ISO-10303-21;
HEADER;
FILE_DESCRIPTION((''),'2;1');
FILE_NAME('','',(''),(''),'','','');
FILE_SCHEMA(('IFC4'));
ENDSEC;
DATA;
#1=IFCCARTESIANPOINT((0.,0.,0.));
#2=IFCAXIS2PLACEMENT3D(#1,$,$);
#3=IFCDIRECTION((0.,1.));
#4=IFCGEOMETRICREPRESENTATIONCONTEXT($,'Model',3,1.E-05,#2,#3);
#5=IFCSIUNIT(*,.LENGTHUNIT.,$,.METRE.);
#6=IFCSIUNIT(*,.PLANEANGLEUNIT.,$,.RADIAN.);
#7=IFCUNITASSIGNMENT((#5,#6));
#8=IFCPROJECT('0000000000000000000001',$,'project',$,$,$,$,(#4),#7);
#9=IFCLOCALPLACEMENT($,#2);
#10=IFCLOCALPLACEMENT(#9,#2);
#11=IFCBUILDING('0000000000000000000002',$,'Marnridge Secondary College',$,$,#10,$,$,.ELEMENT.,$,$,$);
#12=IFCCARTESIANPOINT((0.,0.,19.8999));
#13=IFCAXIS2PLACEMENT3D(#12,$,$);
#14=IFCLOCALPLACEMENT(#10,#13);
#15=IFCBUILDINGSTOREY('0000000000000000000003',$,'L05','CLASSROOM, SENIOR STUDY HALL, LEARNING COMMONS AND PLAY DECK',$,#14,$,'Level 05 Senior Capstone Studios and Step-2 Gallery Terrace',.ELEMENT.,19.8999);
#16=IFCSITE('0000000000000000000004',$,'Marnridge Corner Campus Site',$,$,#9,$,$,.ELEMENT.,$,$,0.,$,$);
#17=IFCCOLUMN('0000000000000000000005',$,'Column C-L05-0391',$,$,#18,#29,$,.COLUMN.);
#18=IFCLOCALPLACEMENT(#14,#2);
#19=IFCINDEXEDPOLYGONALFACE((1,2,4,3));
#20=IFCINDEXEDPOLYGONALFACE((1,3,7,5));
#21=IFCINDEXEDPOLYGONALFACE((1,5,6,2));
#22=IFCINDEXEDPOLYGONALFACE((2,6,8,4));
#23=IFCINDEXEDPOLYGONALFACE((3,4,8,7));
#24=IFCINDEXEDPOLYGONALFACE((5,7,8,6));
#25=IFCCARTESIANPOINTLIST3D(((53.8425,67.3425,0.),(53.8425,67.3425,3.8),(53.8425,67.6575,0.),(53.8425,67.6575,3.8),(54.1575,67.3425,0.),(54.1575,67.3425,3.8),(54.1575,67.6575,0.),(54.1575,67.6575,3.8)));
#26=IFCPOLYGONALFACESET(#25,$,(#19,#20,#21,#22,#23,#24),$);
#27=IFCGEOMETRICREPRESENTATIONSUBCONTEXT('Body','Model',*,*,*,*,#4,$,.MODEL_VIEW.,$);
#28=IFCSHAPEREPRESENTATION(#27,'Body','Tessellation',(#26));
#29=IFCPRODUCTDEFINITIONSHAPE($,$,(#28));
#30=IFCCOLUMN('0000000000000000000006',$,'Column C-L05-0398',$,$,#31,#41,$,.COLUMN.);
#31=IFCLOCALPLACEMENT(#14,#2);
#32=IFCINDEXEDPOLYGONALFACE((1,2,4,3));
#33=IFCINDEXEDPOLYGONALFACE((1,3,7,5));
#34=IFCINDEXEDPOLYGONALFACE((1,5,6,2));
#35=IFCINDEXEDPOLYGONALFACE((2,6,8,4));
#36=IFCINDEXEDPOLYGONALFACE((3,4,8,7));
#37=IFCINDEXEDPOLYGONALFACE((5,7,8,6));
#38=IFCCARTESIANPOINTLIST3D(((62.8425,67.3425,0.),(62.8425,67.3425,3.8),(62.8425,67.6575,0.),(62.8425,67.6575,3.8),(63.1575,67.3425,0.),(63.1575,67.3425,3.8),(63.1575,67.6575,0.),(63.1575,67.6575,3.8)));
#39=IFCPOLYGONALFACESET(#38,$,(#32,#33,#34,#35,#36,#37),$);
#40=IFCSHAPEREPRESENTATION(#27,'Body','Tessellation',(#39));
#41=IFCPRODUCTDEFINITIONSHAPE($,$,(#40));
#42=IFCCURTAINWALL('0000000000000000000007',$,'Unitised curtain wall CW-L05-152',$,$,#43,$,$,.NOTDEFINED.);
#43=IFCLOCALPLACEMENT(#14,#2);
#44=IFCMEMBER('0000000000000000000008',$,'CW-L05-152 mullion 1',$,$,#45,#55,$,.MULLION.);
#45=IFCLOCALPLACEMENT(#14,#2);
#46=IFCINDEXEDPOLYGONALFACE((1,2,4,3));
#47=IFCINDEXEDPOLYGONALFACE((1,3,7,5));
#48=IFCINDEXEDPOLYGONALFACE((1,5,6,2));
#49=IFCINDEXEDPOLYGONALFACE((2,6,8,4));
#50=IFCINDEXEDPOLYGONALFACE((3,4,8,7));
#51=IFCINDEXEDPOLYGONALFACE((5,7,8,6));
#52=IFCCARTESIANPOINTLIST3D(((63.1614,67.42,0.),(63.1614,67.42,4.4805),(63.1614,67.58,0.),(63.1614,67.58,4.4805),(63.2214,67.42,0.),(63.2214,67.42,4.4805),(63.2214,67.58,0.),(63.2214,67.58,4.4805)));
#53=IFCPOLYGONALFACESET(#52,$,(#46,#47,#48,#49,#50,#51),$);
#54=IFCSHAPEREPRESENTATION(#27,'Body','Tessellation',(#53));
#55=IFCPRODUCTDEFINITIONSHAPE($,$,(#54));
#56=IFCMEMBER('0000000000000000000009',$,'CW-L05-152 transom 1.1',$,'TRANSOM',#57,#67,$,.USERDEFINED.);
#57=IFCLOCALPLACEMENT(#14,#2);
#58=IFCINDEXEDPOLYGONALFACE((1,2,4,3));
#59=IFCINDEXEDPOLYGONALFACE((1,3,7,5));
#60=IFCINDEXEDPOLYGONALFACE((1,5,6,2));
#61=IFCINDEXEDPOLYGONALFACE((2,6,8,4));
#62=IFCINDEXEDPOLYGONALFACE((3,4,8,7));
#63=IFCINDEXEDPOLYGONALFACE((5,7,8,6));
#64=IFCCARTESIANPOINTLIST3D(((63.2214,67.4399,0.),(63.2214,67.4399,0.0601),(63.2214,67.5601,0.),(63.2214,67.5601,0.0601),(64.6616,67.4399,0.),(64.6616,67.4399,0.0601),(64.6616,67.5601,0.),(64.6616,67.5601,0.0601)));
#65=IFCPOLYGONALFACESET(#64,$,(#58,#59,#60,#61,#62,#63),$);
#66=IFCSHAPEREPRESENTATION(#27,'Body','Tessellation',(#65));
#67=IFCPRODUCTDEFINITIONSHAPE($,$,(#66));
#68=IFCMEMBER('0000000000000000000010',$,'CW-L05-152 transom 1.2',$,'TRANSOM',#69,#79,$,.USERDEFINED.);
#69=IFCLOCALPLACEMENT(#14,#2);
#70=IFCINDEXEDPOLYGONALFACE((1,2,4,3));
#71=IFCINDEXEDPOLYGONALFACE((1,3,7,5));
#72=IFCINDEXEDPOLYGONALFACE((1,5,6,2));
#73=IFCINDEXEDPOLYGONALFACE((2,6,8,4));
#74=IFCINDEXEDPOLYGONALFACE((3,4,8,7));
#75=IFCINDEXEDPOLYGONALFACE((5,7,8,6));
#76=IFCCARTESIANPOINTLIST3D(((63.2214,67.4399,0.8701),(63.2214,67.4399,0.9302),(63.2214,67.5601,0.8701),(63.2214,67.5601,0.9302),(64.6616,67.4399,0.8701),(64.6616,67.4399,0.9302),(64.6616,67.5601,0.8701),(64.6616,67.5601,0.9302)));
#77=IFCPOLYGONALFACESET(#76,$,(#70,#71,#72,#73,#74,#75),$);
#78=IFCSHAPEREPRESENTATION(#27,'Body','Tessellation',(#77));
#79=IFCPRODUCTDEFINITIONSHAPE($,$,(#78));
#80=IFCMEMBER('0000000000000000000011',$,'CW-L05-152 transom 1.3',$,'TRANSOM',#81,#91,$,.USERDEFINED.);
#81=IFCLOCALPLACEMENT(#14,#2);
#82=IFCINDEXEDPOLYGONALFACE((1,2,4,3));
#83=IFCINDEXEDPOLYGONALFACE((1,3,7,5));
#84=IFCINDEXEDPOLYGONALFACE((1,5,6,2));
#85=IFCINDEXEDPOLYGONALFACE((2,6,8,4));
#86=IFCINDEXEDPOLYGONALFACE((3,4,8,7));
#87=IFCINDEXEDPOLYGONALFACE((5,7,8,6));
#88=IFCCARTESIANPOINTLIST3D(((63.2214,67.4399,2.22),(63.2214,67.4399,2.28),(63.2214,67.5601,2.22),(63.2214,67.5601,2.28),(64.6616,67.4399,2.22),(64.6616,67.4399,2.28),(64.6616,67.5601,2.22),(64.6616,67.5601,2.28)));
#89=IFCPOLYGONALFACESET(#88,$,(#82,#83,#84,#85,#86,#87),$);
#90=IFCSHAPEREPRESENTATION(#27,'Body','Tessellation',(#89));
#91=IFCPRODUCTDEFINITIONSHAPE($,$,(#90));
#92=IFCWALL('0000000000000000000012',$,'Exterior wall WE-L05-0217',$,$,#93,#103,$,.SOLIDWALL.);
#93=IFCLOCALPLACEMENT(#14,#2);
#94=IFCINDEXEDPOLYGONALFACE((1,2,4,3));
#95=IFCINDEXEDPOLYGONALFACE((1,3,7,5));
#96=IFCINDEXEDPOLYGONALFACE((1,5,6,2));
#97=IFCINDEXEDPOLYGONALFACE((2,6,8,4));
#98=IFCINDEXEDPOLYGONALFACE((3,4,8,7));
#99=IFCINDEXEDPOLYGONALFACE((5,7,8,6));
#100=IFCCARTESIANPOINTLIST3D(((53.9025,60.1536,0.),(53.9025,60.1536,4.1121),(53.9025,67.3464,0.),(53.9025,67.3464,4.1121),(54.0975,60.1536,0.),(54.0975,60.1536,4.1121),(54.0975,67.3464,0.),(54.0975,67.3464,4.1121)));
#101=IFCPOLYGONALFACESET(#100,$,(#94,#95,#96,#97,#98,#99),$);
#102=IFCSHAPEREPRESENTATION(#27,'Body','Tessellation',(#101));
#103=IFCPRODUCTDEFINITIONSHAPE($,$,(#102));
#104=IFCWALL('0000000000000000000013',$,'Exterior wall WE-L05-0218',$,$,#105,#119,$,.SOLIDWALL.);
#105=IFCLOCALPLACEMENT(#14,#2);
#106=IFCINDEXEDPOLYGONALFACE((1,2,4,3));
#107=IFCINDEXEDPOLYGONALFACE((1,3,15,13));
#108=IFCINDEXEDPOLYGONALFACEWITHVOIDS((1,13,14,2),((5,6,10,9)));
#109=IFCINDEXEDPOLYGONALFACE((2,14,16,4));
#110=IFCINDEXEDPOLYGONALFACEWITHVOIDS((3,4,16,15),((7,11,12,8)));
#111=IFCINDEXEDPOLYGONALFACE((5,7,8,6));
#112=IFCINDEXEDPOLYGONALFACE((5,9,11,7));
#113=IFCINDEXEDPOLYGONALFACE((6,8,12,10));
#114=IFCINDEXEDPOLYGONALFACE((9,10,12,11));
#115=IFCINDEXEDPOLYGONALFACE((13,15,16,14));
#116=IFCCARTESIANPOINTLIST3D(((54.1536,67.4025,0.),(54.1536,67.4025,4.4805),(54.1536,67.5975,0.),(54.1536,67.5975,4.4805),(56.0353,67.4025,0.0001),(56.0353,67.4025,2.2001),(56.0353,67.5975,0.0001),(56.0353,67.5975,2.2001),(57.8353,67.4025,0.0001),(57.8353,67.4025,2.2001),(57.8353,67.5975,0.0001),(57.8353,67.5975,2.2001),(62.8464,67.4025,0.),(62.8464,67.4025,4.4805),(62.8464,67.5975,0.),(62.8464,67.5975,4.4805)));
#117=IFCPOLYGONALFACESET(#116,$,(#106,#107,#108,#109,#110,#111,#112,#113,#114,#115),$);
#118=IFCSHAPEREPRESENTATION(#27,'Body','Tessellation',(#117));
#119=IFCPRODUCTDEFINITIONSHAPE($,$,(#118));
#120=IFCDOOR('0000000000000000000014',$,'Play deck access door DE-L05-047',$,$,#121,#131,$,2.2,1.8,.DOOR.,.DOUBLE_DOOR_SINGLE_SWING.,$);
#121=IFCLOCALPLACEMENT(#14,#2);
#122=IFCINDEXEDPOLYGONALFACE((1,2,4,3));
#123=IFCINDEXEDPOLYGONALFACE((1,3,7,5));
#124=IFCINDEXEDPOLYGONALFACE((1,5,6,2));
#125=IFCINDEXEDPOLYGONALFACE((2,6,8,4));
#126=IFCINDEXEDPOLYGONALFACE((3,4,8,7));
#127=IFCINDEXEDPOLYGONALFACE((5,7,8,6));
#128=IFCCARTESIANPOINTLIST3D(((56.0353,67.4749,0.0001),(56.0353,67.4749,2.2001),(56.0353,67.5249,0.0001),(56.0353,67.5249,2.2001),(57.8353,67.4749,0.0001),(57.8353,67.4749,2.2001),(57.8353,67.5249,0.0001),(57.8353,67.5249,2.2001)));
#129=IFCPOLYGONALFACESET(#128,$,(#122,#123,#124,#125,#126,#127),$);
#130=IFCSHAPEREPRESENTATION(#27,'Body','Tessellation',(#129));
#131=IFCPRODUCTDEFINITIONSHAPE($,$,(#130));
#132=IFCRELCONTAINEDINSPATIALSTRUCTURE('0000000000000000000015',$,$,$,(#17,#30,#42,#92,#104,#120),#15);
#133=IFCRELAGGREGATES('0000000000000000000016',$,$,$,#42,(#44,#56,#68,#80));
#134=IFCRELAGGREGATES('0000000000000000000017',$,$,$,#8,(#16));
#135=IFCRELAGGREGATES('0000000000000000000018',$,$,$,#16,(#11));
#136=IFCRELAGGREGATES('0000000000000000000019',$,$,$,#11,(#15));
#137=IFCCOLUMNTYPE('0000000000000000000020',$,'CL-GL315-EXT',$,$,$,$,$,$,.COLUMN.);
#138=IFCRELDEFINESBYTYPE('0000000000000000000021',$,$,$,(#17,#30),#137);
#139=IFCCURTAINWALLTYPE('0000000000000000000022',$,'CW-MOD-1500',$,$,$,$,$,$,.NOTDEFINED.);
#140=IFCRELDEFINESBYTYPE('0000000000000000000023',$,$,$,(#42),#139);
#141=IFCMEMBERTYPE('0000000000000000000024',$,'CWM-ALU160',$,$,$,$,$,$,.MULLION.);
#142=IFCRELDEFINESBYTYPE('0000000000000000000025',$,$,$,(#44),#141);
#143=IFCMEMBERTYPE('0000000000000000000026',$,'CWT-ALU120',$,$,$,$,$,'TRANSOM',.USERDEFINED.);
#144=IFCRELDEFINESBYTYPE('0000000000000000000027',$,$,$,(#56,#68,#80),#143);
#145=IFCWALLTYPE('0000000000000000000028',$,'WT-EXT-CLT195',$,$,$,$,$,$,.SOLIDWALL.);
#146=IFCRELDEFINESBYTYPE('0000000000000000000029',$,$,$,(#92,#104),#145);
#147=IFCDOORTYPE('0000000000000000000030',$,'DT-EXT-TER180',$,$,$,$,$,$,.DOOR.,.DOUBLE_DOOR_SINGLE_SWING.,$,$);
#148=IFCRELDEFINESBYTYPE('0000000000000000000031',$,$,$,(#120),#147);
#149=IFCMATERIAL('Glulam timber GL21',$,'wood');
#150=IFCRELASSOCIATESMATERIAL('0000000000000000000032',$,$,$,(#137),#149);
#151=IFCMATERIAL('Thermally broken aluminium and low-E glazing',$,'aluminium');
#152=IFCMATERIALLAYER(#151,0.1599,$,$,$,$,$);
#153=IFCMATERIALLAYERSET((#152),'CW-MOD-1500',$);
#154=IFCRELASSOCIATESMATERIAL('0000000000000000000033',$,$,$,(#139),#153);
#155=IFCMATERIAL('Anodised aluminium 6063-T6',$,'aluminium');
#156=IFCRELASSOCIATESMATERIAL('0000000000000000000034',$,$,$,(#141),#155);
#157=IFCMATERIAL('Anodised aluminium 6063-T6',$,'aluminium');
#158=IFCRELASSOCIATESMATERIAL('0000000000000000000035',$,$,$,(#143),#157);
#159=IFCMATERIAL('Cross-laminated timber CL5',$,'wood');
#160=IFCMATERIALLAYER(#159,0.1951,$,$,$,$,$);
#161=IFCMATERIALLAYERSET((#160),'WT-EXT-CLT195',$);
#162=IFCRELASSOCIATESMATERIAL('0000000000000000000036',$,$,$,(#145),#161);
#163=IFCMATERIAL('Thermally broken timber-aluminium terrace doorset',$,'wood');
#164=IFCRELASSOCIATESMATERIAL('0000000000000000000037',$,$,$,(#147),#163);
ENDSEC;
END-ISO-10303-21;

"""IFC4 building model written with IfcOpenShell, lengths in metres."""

from ifc_helpers import new_model, si_unit, direction, frame, frame_2d, origin, origin_2d, place, context, subcontext, project, spatial, rectangle, extrude, material, layer, layer_set, material_profile, profile_set, type_object, element, fill, aggregate, save


model = new_model("IFC4")

# Units and contexts
model_context = context("Model", 3, precision=1e-05, world=origin(), true_north=direction((0.0, 1.0)))
body_context = subcontext(model_context, "Body", "Model", "MODEL_VIEW")
ifc_project = project(units=[si_unit("LENGTHUNIT", "METRE"), si_unit("PLANEANGLEUNIT", "RADIAN")], contexts=[model_context])

# Site, building, storey
site_placement = place(None, origin())
site = spatial("IfcSite", under=ifc_project, at=site_placement, Name="Marnridge Corner Campus Site", CompositionType="ELEMENT", RefElevation=0.0)
building_placement = place(site_placement, origin())
building = spatial("IfcBuilding", under=site, at=building_placement, Name="Marnridge Secondary College", CompositionType="ELEMENT")
storey_placement = place(building_placement, frame((0.0, 0.0, 19.8999)))
storey = spatial("IfcBuildingStorey", under=building, at=storey_placement, Name="L05", Description="CLASSROOM, SENIOR STUDY HALL, LEARNING COMMONS AND PLAY DECK", LongName="Level 05 Senior Capstone Studios and Step-2 Gallery Terrace", CompositionType="ELEMENT", Elevation=19.8999)

# Columns
ifc_material_1 = material(Name="Glulam timber GL21", Category="wood")
ifc_material_profile_1 = material_profile(ifc_material_1, rectangle(XDim=0.3149, YDim=0.3149, at=origin_2d()), Name="GL21 315x315")
ifc_profile_set_1 = profile_set([ifc_material_profile_1], Name="Glulam timber GL21")
column_type = type_object("IfcColumnType", Name="CL-GL315-EXT", PredefinedType="COLUMN", material=ifc_profile_set_1)
for number, where, z_axis, x_axis, name in (
    (1, (54.0, 67.5, 0.0), (0.0, 0.0, 1.0), (1.0, 0.0, 0.0), "Column C-L05-0391"),
    (2, (63.0, 67.5, 0.0), (0.0, 0.0, 1.0), (1.0, 0.0, 0.0), "Column C-L05-0398"),
):
    element("IfcColumn", number, at=place(storey_placement, frame(where, z_axis=z_axis, x_axis=x_axis)), inside=storey, type_object=column_type, Name=name, PredefinedType="COLUMN", context=body_context, shape_type="SweptSolid", body=[
        extrude(rectangle(XDim=0.3149, YDim=0.3149, at=origin_2d()), origin(), (0.0, 0.0, 1.0), 3.8),
    ])

# Curtain wall, members
ifc_material_2 = material(Name="Thermally broken aluminium and low-E glazing", Category="aluminium")
ifc_layer_1 = layer(ifc_material_2, 0.1599)
ifc_layer_set_1 = layer_set([ifc_layer_1], Name="CW-MOD-1500")
curtain_wall_type = type_object("IfcCurtainWallType", Name="CW-MOD-1500", PredefinedType="NOTDEFINED", material=ifc_layer_set_1)
curtain_wall_placement = place(storey_placement, origin())
curtain_wall = element("IfcCurtainWall", 3, at=curtain_wall_placement, inside=storey, type_object=curtain_wall_type, Name="Unitised curtain wall CW-L05-152", PredefinedType="NOTDEFINED")
ifc_material_3 = material(Name="Anodised aluminium 6063-T6", Category="aluminium")
ifc_material_profile_2 = material_profile(ifc_material_3, rectangle(XDim=0.0601, YDim=0.1599, at=origin_2d()), Name="ALU 60x160")
ifc_profile_set_2 = profile_set([ifc_material_profile_2], Name="Anodised aluminium 6063-T6")
member_type_1 = type_object("IfcMemberType", Name="CWM-ALU160", PredefinedType="MULLION", material=ifc_profile_set_2)
member_1_placement = place(storey_placement, frame((63.1914, 67.5, 0.0), z_axis=(0.0, 0.0, 1.0), x_axis=(1.0, 0.0, 0.0)))
member_1 = element("IfcMember", 4, at=member_1_placement, type_object=member_type_1, Name="CW-L05-152 mullion 1", PredefinedType="MULLION", context=body_context, shape_type="SweptSolid", body=[
    extrude(rectangle(XDim=0.0601, YDim=0.1599, at=origin_2d()), origin(), (0.0, 0.0, 1.0), 4.4805),
])
ifc_material_4 = material(Name="Anodised aluminium 6063-T6", Category="aluminium")
ifc_material_profile_3 = material_profile(ifc_material_4, rectangle(XDim=0.0601, YDim=0.1201, at=origin_2d()), Name="ALU 60x120")
ifc_profile_set_3 = profile_set([ifc_material_profile_3], Name="Anodised aluminium 6063-T6")
member_type_2 = type_object("IfcMemberType", Name="CWT-ALU120", ElementType="TRANSOM", PredefinedType="USERDEFINED", material=ifc_profile_set_3)
member_2_placement = place(storey_placement, frame((63.2214, 67.5, 0.03), z_axis=(1.0, 0.0, 0.0), x_axis=(0.0, 0.0, 1.0)))
member_2 = element("IfcMember", 5, at=member_2_placement, type_object=member_type_2, Name="CW-L05-152 transom 1.1", ObjectType="TRANSOM", PredefinedType="USERDEFINED", context=body_context, shape_type="SweptSolid", body=[
    extrude(rectangle(XDim=0.0601, YDim=0.1201, at=origin_2d()), origin(), (0.0, 0.0, 1.0), 1.4402),
])
member_3_placement = place(storey_placement, frame((63.2214, 67.5, 0.9001), z_axis=(1.0, 0.0, 0.0), x_axis=(0.0, 0.0, 1.0)))
member_3 = element("IfcMember", 6, at=member_3_placement, type_object=member_type_2, Name="CW-L05-152 transom 1.2", ObjectType="TRANSOM", PredefinedType="USERDEFINED", context=body_context, shape_type="SweptSolid", body=[
    extrude(rectangle(XDim=0.0601, YDim=0.1201, at=origin_2d()), origin(), (0.0, 0.0, 1.0), 1.4402),
])
member_4_placement = place(storey_placement, frame((63.2214, 67.5, 2.25), z_axis=(1.0, 0.0, 0.0), x_axis=(0.0, 0.0, 1.0)))
member_4 = element("IfcMember", 7, at=member_4_placement, type_object=member_type_2, Name="CW-L05-152 transom 1.3", ObjectType="TRANSOM", PredefinedType="USERDEFINED", context=body_context, shape_type="SweptSolid", body=[
    extrude(rectangle(XDim=0.0601, YDim=0.1201, at=origin_2d()), origin(), (0.0, 0.0, 1.0), 1.4402),
])
aggregate(curtain_wall, [member_1, member_2, member_3, member_4])

# Wall
ifc_material_5 = material(Name="Cross-laminated timber CL5", Category="wood")
ifc_layer_2 = layer(ifc_material_5, 0.1951)
ifc_layer_set_2 = layer_set([ifc_layer_2], Name="WT-EXT-CLT195")
wall_type_1 = type_object("IfcWallType", Name="WT-EXT-CLT195", PredefinedType="SOLIDWALL", material=ifc_layer_set_2)
wall_1_placement = place(storey_placement, frame((54.0, 60.1536, 0.0), z_axis=(0.0, 0.0, 1.0), x_axis=(0.0, 1.0, 0.0)))
element("IfcWall", 8, at=wall_1_placement, inside=storey, type_object=wall_type_1, Name="Exterior wall WE-L05-0217", PredefinedType="SOLIDWALL", context=body_context, shape_type="SweptSolid", body=[
    extrude(rectangle(XDim=7.1929, YDim=0.1951, at=frame_2d((3.5964, 0.0))), origin(), (0.0, 0.0, 1.0), 4.1121),
])

# Wall, opening, door
wall_2_placement = place(storey_placement, frame((54.1536, 67.5, 0.0), z_axis=(0.0, 0.0, 1.0), x_axis=(1.0, 0.0, 0.0)))
wall_2 = element("IfcWall", 9, at=wall_2_placement, inside=storey, type_object=wall_type_1, Name="Exterior wall WE-L05-0218", PredefinedType="SOLIDWALL", context=body_context, shape_type="SweptSolid", body=[
    extrude(rectangle(XDim=8.6929, YDim=0.1951, at=frame_2d((4.3464, 0.0))), origin(), (0.0, 0.0, 1.0), 4.4805),
])
opening_1_placement = place(wall_2_placement, frame((1.8818, 0.0, 0.0)))
opening_1 = element("IfcOpeningElement", 10, at=opening_1_placement, cuts=wall_2, PredefinedType="OPENING", context=body_context, shape_type="SweptSolid", body=[
    extrude(rectangle(XDim=1.8, YDim=2.2, at=frame_2d((0.8999, 1.1001))), frame((0.0, 0.1074, 0.0), z_axis=(0.0, -1.0, 0.0), x_axis=(1.0, 0.0, 0.0)), (0.0, 0.0, 1.0), 0.2151),
])
ifc_material_6 = material(Name="Thermally broken timber-aluminium terrace doorset", Category="wood")
door_type_1 = type_object("IfcDoorType", Name="DT-EXT-TER180", OperationType="DOUBLE_DOOR_SINGLE_SWING", PredefinedType="DOOR", material=ifc_material_6)
door_1_placement = place(opening_1_placement, origin())
door_1 = element("IfcDoor", 11, at=door_1_placement, inside=storey, type_object=door_type_1, Name="Play deck access door DE-L05-047", OperationType="DOUBLE_DOOR_SINGLE_SWING", OverallHeight=2.2, OverallWidth=1.8, PredefinedType="DOOR", context=body_context, shape_type="SweptSolid", body=[
    extrude(rectangle(XDim=1.8, YDim=2.2, at=frame_2d((0.8999, 1.1001))), frame((0.0, 0.0249, 0.0), z_axis=(0.0, -1.0, 0.0), x_axis=(1.0, 0.0, 0.0)), (0.0, 0.0, 1.0), 0.05),
])
fill(opening_1, door_1)

save(model, "model.ifc")
